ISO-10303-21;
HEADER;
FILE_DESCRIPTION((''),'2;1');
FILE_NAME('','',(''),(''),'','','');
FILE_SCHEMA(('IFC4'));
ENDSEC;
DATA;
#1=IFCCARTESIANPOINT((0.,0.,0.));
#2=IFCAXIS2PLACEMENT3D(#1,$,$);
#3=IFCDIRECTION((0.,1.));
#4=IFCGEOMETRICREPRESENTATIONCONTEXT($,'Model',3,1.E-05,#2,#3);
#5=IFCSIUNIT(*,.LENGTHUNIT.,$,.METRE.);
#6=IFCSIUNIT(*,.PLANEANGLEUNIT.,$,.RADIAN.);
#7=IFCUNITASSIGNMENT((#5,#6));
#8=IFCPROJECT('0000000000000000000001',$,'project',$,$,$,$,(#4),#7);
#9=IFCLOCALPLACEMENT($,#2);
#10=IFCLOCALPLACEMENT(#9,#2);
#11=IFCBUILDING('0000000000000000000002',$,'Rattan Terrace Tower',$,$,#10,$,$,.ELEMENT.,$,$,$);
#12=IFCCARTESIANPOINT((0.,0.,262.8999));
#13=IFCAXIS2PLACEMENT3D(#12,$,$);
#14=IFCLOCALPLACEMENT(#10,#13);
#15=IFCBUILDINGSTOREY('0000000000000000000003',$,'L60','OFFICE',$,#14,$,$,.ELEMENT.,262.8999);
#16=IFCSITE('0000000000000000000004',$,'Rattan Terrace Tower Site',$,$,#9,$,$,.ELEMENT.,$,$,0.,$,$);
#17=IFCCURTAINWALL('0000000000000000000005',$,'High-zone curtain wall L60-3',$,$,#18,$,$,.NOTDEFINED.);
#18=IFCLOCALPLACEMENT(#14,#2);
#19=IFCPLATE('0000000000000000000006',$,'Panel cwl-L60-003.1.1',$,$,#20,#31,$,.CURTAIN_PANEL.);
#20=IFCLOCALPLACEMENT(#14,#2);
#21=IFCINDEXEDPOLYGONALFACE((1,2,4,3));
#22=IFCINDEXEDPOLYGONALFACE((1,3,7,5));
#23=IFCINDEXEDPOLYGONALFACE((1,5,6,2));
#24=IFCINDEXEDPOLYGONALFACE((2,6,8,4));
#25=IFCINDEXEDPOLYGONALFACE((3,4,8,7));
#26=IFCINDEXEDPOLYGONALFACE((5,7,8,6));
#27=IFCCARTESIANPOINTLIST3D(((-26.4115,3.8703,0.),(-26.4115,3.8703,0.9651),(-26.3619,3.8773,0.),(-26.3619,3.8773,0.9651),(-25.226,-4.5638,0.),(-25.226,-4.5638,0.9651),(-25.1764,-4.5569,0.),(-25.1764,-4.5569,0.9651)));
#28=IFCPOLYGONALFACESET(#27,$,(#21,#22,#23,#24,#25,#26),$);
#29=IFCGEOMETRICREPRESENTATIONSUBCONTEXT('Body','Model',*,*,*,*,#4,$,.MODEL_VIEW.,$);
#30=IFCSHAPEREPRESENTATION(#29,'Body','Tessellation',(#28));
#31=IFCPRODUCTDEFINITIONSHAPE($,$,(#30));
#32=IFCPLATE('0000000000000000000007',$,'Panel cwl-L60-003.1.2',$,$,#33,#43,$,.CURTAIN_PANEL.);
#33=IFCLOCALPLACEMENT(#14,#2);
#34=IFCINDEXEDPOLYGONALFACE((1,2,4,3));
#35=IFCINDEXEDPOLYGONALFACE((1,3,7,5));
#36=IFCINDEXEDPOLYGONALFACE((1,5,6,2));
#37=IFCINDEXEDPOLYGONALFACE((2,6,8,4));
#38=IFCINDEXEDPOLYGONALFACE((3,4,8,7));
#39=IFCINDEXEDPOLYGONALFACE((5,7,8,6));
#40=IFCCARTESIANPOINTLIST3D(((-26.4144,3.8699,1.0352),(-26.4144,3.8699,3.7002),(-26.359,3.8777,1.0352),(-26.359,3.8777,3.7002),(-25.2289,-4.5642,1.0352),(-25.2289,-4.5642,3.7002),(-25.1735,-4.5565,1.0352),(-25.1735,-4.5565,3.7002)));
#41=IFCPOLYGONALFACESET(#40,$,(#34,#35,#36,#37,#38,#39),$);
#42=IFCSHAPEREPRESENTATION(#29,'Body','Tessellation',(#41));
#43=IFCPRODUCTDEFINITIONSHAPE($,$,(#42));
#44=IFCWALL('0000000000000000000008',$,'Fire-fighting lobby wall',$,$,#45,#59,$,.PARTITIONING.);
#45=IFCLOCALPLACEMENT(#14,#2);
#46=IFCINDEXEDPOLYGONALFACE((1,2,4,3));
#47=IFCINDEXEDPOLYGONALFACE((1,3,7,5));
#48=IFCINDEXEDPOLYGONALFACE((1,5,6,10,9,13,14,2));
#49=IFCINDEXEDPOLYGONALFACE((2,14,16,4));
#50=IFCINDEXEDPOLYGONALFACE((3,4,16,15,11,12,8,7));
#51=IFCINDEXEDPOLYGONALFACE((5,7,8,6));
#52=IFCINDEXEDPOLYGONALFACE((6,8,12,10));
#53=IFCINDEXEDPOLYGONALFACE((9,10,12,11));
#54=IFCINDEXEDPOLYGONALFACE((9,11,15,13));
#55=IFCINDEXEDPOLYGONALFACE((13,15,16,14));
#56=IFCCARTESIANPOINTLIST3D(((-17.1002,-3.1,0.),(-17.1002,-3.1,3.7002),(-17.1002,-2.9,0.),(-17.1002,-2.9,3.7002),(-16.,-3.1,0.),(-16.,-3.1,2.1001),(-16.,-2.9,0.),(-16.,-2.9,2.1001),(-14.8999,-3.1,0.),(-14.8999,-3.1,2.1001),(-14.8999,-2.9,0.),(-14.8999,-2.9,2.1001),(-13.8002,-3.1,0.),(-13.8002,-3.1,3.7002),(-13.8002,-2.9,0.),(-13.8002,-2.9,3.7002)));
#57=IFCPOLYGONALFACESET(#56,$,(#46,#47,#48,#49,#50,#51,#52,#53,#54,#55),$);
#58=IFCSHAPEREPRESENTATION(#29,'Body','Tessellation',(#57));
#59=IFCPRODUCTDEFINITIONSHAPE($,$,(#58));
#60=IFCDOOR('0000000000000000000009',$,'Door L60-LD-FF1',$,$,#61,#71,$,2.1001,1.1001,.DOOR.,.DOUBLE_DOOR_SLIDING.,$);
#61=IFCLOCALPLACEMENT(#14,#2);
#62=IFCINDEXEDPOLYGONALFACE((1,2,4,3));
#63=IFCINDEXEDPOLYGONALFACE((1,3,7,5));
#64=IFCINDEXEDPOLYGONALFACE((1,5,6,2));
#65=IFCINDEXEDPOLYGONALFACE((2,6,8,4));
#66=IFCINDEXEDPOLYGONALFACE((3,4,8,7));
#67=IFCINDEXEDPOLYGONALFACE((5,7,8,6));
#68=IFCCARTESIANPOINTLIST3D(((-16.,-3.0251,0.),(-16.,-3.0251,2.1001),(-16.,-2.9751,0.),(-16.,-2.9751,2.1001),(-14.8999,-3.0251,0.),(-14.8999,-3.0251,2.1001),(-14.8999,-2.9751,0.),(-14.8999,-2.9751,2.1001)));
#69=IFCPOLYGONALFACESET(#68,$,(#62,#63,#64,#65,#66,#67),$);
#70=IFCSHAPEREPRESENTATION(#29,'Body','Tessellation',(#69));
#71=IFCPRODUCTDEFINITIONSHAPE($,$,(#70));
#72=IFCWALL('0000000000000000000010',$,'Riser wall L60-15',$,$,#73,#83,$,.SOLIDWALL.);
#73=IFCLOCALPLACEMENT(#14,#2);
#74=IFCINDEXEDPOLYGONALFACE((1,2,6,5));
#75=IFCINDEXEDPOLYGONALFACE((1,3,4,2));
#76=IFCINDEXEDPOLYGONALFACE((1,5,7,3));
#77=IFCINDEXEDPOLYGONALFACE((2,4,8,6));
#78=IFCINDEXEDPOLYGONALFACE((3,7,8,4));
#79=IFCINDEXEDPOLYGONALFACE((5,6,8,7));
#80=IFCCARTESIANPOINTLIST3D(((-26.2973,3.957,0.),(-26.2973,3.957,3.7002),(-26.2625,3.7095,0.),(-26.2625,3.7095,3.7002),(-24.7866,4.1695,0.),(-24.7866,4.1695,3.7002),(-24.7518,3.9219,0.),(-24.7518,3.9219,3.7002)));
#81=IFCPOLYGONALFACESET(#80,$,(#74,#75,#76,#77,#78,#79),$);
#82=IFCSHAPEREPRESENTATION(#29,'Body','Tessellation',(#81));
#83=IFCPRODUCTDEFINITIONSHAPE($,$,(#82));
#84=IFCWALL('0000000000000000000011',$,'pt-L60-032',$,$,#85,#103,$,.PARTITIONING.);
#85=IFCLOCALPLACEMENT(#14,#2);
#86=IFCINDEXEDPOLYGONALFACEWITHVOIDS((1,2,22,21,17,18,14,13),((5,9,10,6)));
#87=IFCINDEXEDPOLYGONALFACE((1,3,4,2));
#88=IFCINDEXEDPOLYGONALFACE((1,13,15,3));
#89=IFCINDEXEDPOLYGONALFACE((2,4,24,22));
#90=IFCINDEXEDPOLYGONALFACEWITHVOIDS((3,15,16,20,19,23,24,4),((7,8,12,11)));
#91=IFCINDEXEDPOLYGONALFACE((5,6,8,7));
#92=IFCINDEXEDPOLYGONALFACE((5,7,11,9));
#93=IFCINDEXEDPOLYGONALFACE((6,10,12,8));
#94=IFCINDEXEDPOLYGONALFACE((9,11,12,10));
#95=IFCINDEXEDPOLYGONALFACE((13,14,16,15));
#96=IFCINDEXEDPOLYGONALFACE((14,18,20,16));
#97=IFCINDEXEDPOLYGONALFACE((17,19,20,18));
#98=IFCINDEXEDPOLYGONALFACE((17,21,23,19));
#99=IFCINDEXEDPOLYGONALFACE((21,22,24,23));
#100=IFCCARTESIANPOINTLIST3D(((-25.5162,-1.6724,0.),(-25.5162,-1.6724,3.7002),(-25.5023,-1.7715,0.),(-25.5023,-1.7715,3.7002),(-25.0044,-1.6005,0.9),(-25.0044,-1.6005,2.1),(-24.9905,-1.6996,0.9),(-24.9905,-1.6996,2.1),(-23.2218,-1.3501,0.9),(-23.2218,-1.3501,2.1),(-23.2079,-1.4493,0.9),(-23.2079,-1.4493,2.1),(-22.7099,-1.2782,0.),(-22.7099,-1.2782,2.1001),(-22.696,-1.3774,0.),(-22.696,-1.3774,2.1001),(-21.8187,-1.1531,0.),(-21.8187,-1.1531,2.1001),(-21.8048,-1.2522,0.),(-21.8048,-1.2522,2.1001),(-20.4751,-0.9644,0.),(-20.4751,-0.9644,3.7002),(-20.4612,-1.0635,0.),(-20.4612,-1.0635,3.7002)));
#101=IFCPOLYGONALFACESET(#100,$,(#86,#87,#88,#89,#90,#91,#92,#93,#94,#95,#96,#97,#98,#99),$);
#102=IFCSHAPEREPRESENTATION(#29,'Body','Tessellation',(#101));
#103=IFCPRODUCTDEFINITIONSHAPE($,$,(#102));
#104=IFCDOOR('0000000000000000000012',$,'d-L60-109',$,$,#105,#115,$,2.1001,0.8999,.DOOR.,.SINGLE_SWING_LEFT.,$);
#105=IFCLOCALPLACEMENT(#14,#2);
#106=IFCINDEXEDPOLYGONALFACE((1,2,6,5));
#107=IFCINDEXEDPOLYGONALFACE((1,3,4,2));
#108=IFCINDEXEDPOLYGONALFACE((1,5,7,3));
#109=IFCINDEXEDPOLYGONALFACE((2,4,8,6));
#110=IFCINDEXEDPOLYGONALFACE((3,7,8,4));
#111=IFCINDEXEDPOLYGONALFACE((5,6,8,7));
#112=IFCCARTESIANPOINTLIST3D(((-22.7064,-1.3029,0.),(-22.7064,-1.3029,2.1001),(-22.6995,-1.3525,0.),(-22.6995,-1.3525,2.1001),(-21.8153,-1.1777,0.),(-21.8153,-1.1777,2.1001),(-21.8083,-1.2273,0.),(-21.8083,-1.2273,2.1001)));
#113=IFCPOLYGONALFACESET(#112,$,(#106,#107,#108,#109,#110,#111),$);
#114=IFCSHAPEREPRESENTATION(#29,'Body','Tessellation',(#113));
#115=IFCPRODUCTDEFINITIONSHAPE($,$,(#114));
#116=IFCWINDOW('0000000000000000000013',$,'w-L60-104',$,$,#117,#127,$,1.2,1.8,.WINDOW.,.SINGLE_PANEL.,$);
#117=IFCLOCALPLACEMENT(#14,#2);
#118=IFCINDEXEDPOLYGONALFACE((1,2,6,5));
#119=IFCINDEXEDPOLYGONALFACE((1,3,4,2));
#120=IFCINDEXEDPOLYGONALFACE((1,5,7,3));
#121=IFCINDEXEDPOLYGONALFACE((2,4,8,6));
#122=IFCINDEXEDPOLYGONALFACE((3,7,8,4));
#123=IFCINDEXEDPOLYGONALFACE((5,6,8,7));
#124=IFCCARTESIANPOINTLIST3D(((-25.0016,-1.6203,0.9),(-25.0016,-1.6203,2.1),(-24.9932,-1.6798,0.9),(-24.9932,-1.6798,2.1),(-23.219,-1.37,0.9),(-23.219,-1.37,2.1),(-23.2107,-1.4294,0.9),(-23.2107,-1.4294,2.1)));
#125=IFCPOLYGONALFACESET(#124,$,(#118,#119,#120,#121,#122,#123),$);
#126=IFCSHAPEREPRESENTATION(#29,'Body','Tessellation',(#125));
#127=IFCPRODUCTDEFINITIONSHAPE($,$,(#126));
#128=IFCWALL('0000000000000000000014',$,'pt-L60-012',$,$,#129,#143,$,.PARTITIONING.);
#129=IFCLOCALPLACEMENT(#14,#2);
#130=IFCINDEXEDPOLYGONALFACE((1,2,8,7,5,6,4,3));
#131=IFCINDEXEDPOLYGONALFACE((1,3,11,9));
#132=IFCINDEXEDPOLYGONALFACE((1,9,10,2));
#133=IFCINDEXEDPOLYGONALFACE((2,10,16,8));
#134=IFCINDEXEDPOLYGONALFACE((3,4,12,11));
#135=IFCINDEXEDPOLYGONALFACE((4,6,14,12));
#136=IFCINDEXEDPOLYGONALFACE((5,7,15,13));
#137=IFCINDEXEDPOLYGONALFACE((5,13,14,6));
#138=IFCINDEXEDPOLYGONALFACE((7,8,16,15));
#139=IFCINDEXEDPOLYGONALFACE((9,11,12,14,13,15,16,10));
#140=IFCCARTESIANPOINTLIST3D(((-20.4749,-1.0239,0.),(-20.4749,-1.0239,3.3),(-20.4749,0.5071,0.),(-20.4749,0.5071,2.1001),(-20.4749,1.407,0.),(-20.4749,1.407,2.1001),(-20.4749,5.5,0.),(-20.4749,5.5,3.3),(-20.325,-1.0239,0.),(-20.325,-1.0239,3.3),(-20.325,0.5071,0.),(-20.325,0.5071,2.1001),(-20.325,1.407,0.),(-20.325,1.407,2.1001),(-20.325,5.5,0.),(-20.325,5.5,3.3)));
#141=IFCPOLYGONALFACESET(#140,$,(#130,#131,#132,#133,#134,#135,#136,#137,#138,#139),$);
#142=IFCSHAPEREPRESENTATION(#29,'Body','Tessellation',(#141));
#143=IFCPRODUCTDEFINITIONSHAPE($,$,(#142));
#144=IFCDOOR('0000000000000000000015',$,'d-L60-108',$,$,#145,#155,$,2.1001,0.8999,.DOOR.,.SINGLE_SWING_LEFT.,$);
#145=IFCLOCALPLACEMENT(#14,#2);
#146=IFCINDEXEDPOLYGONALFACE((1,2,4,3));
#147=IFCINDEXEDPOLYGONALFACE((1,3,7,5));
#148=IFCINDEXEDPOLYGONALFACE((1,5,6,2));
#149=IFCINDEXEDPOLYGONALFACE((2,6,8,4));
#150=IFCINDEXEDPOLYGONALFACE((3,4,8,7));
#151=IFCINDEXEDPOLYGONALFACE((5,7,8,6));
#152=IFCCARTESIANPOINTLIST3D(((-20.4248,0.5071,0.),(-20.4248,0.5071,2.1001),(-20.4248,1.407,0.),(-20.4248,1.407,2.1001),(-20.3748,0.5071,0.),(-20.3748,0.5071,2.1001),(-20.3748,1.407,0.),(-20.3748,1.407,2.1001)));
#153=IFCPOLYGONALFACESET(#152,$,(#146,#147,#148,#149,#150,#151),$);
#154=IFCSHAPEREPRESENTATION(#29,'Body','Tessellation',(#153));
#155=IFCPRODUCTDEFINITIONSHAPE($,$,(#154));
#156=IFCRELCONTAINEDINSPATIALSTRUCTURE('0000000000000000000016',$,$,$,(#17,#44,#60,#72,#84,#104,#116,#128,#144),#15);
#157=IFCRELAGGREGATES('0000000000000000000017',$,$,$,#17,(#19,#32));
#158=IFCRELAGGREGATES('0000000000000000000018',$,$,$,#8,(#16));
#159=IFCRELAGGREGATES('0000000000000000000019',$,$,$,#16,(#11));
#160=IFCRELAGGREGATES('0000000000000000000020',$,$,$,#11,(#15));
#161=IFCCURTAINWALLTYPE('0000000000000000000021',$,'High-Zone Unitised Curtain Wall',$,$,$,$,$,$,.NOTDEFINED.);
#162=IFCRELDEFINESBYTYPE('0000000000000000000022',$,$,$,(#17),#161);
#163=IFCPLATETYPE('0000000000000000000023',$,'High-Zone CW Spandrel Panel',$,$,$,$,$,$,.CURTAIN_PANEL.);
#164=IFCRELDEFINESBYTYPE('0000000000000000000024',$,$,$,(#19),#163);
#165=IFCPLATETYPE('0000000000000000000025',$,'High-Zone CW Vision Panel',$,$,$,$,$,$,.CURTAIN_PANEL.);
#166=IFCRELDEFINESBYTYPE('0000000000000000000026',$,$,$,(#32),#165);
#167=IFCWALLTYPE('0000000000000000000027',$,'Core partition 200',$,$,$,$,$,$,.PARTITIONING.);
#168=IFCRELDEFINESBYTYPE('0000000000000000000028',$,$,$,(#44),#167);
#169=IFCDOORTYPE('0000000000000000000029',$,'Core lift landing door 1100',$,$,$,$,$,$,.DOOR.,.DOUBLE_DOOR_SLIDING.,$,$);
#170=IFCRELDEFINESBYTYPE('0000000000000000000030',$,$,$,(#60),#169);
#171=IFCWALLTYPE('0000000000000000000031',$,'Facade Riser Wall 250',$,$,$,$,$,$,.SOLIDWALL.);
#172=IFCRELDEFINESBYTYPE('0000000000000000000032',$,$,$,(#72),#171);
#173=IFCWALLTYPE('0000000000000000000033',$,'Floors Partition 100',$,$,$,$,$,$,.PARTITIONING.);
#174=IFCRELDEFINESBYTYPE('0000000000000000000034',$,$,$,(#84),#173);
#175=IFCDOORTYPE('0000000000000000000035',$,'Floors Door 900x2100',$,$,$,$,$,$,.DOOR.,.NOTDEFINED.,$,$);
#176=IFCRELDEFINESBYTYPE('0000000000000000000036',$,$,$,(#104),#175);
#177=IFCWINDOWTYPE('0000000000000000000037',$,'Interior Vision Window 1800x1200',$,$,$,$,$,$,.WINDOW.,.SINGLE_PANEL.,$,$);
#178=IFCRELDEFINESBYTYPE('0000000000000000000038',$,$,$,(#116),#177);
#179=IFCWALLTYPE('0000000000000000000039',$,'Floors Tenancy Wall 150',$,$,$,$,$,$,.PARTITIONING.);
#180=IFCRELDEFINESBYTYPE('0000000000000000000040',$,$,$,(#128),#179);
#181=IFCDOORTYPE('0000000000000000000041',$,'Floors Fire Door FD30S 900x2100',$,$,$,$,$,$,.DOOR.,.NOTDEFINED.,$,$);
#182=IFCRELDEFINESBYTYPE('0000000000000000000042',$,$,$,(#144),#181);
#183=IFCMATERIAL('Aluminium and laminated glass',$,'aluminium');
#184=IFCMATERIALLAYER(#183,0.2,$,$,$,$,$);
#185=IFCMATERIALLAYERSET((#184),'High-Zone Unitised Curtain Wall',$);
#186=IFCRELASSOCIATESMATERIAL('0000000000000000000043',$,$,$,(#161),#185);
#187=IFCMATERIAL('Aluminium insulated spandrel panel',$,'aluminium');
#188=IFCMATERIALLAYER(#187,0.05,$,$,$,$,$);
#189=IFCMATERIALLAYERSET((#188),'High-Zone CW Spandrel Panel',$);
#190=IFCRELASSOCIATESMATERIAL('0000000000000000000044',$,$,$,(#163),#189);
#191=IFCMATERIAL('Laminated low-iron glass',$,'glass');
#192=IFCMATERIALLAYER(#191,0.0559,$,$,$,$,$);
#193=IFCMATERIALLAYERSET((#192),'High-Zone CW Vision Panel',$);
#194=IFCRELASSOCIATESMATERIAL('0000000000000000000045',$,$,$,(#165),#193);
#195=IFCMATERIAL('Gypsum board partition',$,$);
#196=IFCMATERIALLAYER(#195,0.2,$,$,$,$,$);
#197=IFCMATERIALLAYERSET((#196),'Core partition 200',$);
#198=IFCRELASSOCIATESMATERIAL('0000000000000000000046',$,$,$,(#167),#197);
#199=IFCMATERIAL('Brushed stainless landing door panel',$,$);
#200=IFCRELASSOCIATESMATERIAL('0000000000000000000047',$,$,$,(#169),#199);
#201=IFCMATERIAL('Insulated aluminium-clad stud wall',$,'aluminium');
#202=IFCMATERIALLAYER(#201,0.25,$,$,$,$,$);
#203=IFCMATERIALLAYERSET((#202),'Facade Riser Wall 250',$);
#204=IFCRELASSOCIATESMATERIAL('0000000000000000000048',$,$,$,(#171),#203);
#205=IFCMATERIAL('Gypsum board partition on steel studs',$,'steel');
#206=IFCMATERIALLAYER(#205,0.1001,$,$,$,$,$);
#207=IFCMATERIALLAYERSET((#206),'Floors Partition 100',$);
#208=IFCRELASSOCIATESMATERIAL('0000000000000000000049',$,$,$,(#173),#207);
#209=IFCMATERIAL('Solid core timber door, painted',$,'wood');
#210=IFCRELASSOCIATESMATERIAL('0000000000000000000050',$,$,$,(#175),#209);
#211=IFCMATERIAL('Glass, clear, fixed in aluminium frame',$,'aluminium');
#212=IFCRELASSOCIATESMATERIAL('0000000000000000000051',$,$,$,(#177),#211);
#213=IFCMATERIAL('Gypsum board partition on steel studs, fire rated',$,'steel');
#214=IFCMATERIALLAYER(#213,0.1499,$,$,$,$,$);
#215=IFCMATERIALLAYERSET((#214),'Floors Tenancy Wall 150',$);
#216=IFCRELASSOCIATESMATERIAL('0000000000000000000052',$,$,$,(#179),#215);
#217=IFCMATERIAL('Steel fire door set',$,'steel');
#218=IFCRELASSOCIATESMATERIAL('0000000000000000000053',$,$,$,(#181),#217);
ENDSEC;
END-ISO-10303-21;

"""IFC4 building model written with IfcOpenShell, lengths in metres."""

from ifc_helpers import new_model, si_unit, direction, frame, frame_2d, origin, origin_2d, place, context, subcontext, project, spatial, rectangle, extrude, material, layer, layer_set, type_object, element, fill, aggregate, save


model = new_model("IFC4")

# Units and contexts
model_context = context("Model", 3, precision=1e-05, world=origin(), true_north=direction((0.0, 1.0)))
body_context = subcontext(model_context, "Body", "Model", "MODEL_VIEW")
ifc_project = project(units=[si_unit("LENGTHUNIT", "METRE"), si_unit("PLANEANGLEUNIT", "RADIAN")], contexts=[model_context])

# Site, building, storey
site_placement = place(None, origin())
site = spatial("IfcSite", under=ifc_project, at=site_placement, Name="Rattan Terrace Tower Site", CompositionType="ELEMENT", RefElevation=0.0)
building_placement = place(site_placement, origin())
building = spatial("IfcBuilding", under=site, at=building_placement, Name="Rattan Terrace Tower", CompositionType="ELEMENT")
storey_placement = place(building_placement, frame((0.0, 0.0, 262.8999)))
storey = spatial("IfcBuildingStorey", under=building, at=storey_placement, Name="L60", Description="OFFICE", CompositionType="ELEMENT", Elevation=262.8999)

# Curtain wall, plates
ifc_material_1 = material(Name="Aluminium and laminated glass", Category="aluminium")
ifc_layer_1 = layer(ifc_material_1, 0.2)
ifc_layer_set_1 = layer_set([ifc_layer_1], Name="High-Zone Unitised Curtain Wall")
curtain_wall_type = type_object("IfcCurtainWallType", Name="High-Zone Unitised Curtain Wall", PredefinedType="NOTDEFINED", material=ifc_layer_set_1)
curtain_wall_placement = place(storey_placement, origin())
curtain_wall = element("IfcCurtainWall", 1, at=curtain_wall_placement, inside=storey, type_object=curtain_wall_type, Name="High-zone curtain wall L60-3", PredefinedType="NOTDEFINED")
ifc_material_2 = material(Name="Aluminium insulated spandrel panel", Category="aluminium")
ifc_layer_2 = layer(ifc_material_2, 0.05)
ifc_layer_set_2 = layer_set([ifc_layer_2], Name="High-Zone CW Spandrel Panel")
plate_type_1 = type_object("IfcPlateType", Name="High-Zone CW Spandrel Panel", PredefinedType="CURTAIN_PANEL", material=ifc_layer_set_2)
plate_1_placement = place(storey_placement, frame((-25.7939, -0.3433, 0.0), z_axis=(0.0, 0.0, 1.0), x_axis=(0.139192, -0.990265, 0.0)))
plate_1 = element("IfcPlate", 2, at=plate_1_placement, type_object=plate_type_1, Name="Panel cwl-L60-003.1.1", PredefinedType="CURTAIN_PANEL", context=body_context, shape_type="SweptSolid", body=[
    extrude(rectangle(XDim=8.5171, YDim=0.05, at=origin_2d()), origin(), (0.0, 0.0, 1.0), 0.9651),
])
ifc_material_3 = material(Name="Laminated low-iron glass", Category="glass")
ifc_layer_3 = layer(ifc_material_3, 0.0559)
ifc_layer_set_3 = layer_set([ifc_layer_3], Name="High-Zone CW Vision Panel")
plate_type_2 = type_object("IfcPlateType", Name="High-Zone CW Vision Panel", PredefinedType="CURTAIN_PANEL", material=ifc_layer_set_3)
plate_2_placement = place(storey_placement, frame((-25.7939, -0.3433, 1.0352), z_axis=(0.0, 0.0, 1.0), x_axis=(0.139192, -0.990265, 0.0)))
plate_2 = element("IfcPlate", 3, at=plate_2_placement, type_object=plate_type_2, Name="Panel cwl-L60-003.1.2", PredefinedType="CURTAIN_PANEL", context=body_context, shape_type="SweptSolid", body=[
    extrude(rectangle(XDim=8.5171, YDim=0.0559, at=origin_2d()), origin(), (0.0, 0.0, 1.0), 2.665),
])
aggregate(curtain_wall, [plate_1, plate_2])

# Wall, opening, door
ifc_material_4 = material(Name="Gypsum board partition")
ifc_layer_4 = layer(ifc_material_4, 0.2)
ifc_layer_set_4 = layer_set([ifc_layer_4], Name="Core partition 200")
wall_type_1 = type_object("IfcWallType", Name="Core partition 200", PredefinedType="PARTITIONING", material=ifc_layer_set_4)
wall_1_placement = place(storey_placement, frame((-17.1001, -3.0, 0.0), z_axis=(0.0, 0.0, 1.0), x_axis=(1.0, 0.0, 0.0)))
wall_1 = element("IfcWall", 4, at=wall_1_placement, inside=storey, type_object=wall_type_1, Name="Fire-fighting lobby wall", PredefinedType="PARTITIONING", context=body_context, shape_type="SweptSolid", body=[
    extrude(rectangle(XDim=3.3, YDim=0.2, at=frame_2d((1.6499, 0.0))), origin(), (0.0, 0.0, 1.0), 3.7002),
])
opening_1_placement = place(wall_1_placement, frame((1.1001, 0.0, 0.0)))
opening_1 = element("IfcOpeningElement", 5, at=opening_1_placement, cuts=wall_1, PredefinedType="OPENING", context=body_context, shape_type="SweptSolid", body=[
    extrude(rectangle(XDim=1.1001, YDim=2.1001, at=frame_2d((0.55, 1.05))), frame((0.0, 0.1106, 0.0), z_axis=(0.0, -1.0, 0.0), x_axis=(1.0, 0.0, 0.0)), (0.0, 0.0, 1.0), 0.2209),
])
ifc_material_5 = material(Name="Brushed stainless landing door panel")
door_type_1 = type_object("IfcDoorType", Name="Core lift landing door 1100", OperationType="DOUBLE_DOOR_SLIDING", PredefinedType="DOOR", material=ifc_material_5)
door_1_placement = place(opening_1_placement, origin())
door_1 = element("IfcDoor", 6, at=door_1_placement, inside=storey, type_object=door_type_1, Name="Door L60-LD-FF1", OperationType="DOUBLE_DOOR_SLIDING", OverallHeight=2.1001, OverallWidth=1.1001, PredefinedType="DOOR", context=body_context, shape_type="SweptSolid", body=[
    extrude(rectangle(XDim=1.1001, YDim=2.1001, at=frame_2d((0.55, 1.05))), frame((0.0, 0.0249, 0.0), z_axis=(0.0, -1.0, 0.0), x_axis=(1.0, 0.0, 0.0)), (0.0, 0.0, 1.0), 0.05),
])
fill(opening_1, door_1)

# Wall
ifc_material_6 = material(Name="Insulated aluminium-clad stud wall", Category="aluminium")
ifc_layer_5 = layer(ifc_material_6, 0.25)
ifc_layer_set_5 = layer_set([ifc_layer_5], Name="Facade Riser Wall 250")
wall_type_2 = type_object("IfcWallType", Name="Facade Riser Wall 250", PredefinedType="SOLIDWALL", material=ifc_layer_set_5)
wall_2_placement = place(storey_placement, frame((-24.7693, 4.0457, 0.0), z_axis=(0.0, 0.0, 1.0), x_axis=(-0.990261, -0.139225, 0.0)))
element("IfcWall", 7, at=wall_2_placement, inside=storey, type_object=wall_type_2, Name="Riser wall L60-15", PredefinedType="SOLIDWALL", context=body_context, shape_type="SweptSolid", body=[
    extrude(rectangle(XDim=1.5256, YDim=0.25, at=frame_2d((0.7627, 0.0))), origin(), (0.0, 0.0, 1.0), 3.7002),
])

# Wall, openings, door, window
ifc_material_7 = material(Name="Gypsum board partition on steel studs", Category="steel")
ifc_layer_6 = layer(ifc_material_7, 0.1001)
ifc_layer_set_6 = layer_set([ifc_layer_6], Name="Floors Partition 100")
wall_type_3 = type_object("IfcWallType", Name="Floors Partition 100", PredefinedType="PARTITIONING", material=ifc_layer_set_6)
wall_3_placement = place(storey_placement, frame((-20.468, -1.0139, 0.0), z_axis=(0.0, 0.0, 1.0), x_axis=(-0.990281, -0.139084, 0.0)))
wall_3 = element("IfcWall", 8, at=wall_3_placement, inside=storey, type_object=wall_type_3, Name="pt-L60-032", PredefinedType="PARTITIONING", context=body_context, shape_type="SweptSolid", body=[
    extrude(rectangle(XDim=5.0906, YDim=0.1001, at=frame_2d((2.5454, 0.0))), origin(), (0.0, 0.0, 1.0), 3.7002),
])
opening_2_placement = place(wall_3_placement, frame((1.3569, 0.0, 0.0)))
opening_2 = element("IfcOpeningElement", 9, at=opening_2_placement, cuts=wall_3, PredefinedType="OPENING", context=body_context, shape_type="SweptSolid", body=[
    extrude(rectangle(XDim=0.8999, YDim=2.1001, at=frame_2d((0.45, 1.05))), frame((0.0, 0.0605, 0.0), z_axis=(0.0, -1.0, 0.0), x_axis=(1.0, 0.0, 0.0)), (0.0, 0.0, 1.0), 0.1211),
])
opening_3_placement = place(wall_3_placement, frame((2.7739, 0.0, 0.8999)))
opening_3 = element("IfcOpeningElement", 10, at=opening_3_placement, cuts=wall_3, PredefinedType="OPENING", context=body_context, shape_type="SweptSolid", body=[
    extrude(rectangle(XDim=1.8, YDim=1.2, at=frame_2d((0.8999, 0.6001))), frame((0.0, 0.0605, 0.0), z_axis=(0.0, -1.0, 0.0), x_axis=(1.0, 0.0, 0.0)), (0.0, 0.0, 1.0), 0.1211),
])
ifc_material_8 = material(Name="Solid core timber door, painted", Category="wood")
door_type_2 = type_object("IfcDoorType", Name="Floors Door 900x2100", OperationType="NOTDEFINED", PredefinedType="DOOR", material=ifc_material_8)
door_2_placement = place(opening_2_placement, origin())
door_2 = element("IfcDoor", 11, at=door_2_placement, inside=storey, type_object=door_type_2, Name="d-L60-109", OperationType="SINGLE_SWING_LEFT", OverallHeight=2.1001, OverallWidth=0.8999, PredefinedType="DOOR", context=body_context, shape_type="SweptSolid", body=[
    extrude(rectangle(XDim=0.8999, YDim=2.1001, at=frame_2d((0.45, 1.05))), frame((0.0, 0.0249, 0.0), z_axis=(0.0, -1.0, 0.0), x_axis=(1.0, 0.0, 0.0)), (0.0, 0.0, 1.0), 0.05),
])
fill(opening_2, door_2)
ifc_material_9 = material(Name="Glass, clear, fixed in aluminium frame", Category="aluminium")
window_type = type_object("IfcWindowType", Name="Interior Vision Window 1800x1200", PartitioningType="SINGLE_PANEL", PredefinedType="WINDOW", material=ifc_material_9)
window_placement = place(opening_3_placement, origin())
window = element("IfcWindow", 12, at=window_placement, inside=storey, type_object=window_type, Name="w-L60-104", OverallHeight=1.2, OverallWidth=1.8, PartitioningType="SINGLE_PANEL", PredefinedType="WINDOW", context=body_context, shape_type="SweptSolid", body=[
    extrude(rectangle(XDim=1.8, YDim=1.2, at=frame_2d((0.8999, 0.6001))), frame((0.0, 0.03, 0.0), z_axis=(0.0, -1.0, 0.0), x_axis=(1.0, 0.0, 0.0)), (0.0, 0.0, 1.0), 0.0601),
])
fill(opening_3, window)

# Wall, opening, door
ifc_material_10 = material(Name="Gypsum board partition on steel studs, fire rated", Category="steel")
ifc_layer_7 = layer(ifc_material_10, 0.1499)
ifc_layer_set_7 = layer_set([ifc_layer_7], Name="Floors Tenancy Wall 150")
wall_type_4 = type_object("IfcWallType", Name="Floors Tenancy Wall 150", PredefinedType="PARTITIONING", material=ifc_layer_set_7)
wall_4_placement = place(storey_placement, frame((-20.3999, -1.0239, 0.0), z_axis=(0.0, 0.0, 1.0), x_axis=(0.0, 1.0, 0.0)))
wall_4 = element("IfcWall", 13, at=wall_4_placement, inside=storey, type_object=wall_type_4, Name="pt-L60-012", PredefinedType="PARTITIONING", context=body_context, shape_type="SweptSolid", body=[
    extrude(rectangle(XDim=6.5239, YDim=0.1499, at=frame_2d((3.262, 0.0))), origin(), (0.0, 0.0, 1.0), 3.3),
])
opening_4_placement = place(wall_4_placement, frame((1.531, 0.0, 0.0)))
opening_4 = element("IfcOpeningElement", 14, at=opening_4_placement, cuts=wall_4, PredefinedType="OPENING", context=body_context, shape_type="SweptSolid", body=[
    extrude(rectangle(XDim=0.8999, YDim=2.1001, at=frame_2d((0.45, 1.05))), frame((0.0, 0.0854, 0.0), z_axis=(0.0, -1.0, 0.0), x_axis=(1.0, 0.0, 0.0)), (0.0, 0.0, 1.0), 0.1709),
])
ifc_material_11 = material(Name="Steel fire door set", Category="steel")
door_type_3 = type_object("IfcDoorType", Name="Floors Fire Door FD30S 900x2100", OperationType="NOTDEFINED", PredefinedType="DOOR", material=ifc_material_11)
door_3_placement = place(opening_4_placement, origin())
door_3 = element("IfcDoor", 15, at=door_3_placement, inside=storey, type_object=door_type_3, Name="d-L60-108", OperationType="SINGLE_SWING_LEFT", OverallHeight=2.1001, OverallWidth=0.8999, PredefinedType="DOOR", context=body_context, shape_type="SweptSolid", body=[
    extrude(rectangle(XDim=0.8999, YDim=2.1001, at=frame_2d((0.45, 1.05))), frame((0.0, 0.0249, 0.0), z_axis=(0.0, -1.0, 0.0), x_axis=(1.0, 0.0, 0.0)), (0.0, 0.0, 1.0), 0.05),
])
fill(opening_4, door_3)

save(model, "model.ifc")
